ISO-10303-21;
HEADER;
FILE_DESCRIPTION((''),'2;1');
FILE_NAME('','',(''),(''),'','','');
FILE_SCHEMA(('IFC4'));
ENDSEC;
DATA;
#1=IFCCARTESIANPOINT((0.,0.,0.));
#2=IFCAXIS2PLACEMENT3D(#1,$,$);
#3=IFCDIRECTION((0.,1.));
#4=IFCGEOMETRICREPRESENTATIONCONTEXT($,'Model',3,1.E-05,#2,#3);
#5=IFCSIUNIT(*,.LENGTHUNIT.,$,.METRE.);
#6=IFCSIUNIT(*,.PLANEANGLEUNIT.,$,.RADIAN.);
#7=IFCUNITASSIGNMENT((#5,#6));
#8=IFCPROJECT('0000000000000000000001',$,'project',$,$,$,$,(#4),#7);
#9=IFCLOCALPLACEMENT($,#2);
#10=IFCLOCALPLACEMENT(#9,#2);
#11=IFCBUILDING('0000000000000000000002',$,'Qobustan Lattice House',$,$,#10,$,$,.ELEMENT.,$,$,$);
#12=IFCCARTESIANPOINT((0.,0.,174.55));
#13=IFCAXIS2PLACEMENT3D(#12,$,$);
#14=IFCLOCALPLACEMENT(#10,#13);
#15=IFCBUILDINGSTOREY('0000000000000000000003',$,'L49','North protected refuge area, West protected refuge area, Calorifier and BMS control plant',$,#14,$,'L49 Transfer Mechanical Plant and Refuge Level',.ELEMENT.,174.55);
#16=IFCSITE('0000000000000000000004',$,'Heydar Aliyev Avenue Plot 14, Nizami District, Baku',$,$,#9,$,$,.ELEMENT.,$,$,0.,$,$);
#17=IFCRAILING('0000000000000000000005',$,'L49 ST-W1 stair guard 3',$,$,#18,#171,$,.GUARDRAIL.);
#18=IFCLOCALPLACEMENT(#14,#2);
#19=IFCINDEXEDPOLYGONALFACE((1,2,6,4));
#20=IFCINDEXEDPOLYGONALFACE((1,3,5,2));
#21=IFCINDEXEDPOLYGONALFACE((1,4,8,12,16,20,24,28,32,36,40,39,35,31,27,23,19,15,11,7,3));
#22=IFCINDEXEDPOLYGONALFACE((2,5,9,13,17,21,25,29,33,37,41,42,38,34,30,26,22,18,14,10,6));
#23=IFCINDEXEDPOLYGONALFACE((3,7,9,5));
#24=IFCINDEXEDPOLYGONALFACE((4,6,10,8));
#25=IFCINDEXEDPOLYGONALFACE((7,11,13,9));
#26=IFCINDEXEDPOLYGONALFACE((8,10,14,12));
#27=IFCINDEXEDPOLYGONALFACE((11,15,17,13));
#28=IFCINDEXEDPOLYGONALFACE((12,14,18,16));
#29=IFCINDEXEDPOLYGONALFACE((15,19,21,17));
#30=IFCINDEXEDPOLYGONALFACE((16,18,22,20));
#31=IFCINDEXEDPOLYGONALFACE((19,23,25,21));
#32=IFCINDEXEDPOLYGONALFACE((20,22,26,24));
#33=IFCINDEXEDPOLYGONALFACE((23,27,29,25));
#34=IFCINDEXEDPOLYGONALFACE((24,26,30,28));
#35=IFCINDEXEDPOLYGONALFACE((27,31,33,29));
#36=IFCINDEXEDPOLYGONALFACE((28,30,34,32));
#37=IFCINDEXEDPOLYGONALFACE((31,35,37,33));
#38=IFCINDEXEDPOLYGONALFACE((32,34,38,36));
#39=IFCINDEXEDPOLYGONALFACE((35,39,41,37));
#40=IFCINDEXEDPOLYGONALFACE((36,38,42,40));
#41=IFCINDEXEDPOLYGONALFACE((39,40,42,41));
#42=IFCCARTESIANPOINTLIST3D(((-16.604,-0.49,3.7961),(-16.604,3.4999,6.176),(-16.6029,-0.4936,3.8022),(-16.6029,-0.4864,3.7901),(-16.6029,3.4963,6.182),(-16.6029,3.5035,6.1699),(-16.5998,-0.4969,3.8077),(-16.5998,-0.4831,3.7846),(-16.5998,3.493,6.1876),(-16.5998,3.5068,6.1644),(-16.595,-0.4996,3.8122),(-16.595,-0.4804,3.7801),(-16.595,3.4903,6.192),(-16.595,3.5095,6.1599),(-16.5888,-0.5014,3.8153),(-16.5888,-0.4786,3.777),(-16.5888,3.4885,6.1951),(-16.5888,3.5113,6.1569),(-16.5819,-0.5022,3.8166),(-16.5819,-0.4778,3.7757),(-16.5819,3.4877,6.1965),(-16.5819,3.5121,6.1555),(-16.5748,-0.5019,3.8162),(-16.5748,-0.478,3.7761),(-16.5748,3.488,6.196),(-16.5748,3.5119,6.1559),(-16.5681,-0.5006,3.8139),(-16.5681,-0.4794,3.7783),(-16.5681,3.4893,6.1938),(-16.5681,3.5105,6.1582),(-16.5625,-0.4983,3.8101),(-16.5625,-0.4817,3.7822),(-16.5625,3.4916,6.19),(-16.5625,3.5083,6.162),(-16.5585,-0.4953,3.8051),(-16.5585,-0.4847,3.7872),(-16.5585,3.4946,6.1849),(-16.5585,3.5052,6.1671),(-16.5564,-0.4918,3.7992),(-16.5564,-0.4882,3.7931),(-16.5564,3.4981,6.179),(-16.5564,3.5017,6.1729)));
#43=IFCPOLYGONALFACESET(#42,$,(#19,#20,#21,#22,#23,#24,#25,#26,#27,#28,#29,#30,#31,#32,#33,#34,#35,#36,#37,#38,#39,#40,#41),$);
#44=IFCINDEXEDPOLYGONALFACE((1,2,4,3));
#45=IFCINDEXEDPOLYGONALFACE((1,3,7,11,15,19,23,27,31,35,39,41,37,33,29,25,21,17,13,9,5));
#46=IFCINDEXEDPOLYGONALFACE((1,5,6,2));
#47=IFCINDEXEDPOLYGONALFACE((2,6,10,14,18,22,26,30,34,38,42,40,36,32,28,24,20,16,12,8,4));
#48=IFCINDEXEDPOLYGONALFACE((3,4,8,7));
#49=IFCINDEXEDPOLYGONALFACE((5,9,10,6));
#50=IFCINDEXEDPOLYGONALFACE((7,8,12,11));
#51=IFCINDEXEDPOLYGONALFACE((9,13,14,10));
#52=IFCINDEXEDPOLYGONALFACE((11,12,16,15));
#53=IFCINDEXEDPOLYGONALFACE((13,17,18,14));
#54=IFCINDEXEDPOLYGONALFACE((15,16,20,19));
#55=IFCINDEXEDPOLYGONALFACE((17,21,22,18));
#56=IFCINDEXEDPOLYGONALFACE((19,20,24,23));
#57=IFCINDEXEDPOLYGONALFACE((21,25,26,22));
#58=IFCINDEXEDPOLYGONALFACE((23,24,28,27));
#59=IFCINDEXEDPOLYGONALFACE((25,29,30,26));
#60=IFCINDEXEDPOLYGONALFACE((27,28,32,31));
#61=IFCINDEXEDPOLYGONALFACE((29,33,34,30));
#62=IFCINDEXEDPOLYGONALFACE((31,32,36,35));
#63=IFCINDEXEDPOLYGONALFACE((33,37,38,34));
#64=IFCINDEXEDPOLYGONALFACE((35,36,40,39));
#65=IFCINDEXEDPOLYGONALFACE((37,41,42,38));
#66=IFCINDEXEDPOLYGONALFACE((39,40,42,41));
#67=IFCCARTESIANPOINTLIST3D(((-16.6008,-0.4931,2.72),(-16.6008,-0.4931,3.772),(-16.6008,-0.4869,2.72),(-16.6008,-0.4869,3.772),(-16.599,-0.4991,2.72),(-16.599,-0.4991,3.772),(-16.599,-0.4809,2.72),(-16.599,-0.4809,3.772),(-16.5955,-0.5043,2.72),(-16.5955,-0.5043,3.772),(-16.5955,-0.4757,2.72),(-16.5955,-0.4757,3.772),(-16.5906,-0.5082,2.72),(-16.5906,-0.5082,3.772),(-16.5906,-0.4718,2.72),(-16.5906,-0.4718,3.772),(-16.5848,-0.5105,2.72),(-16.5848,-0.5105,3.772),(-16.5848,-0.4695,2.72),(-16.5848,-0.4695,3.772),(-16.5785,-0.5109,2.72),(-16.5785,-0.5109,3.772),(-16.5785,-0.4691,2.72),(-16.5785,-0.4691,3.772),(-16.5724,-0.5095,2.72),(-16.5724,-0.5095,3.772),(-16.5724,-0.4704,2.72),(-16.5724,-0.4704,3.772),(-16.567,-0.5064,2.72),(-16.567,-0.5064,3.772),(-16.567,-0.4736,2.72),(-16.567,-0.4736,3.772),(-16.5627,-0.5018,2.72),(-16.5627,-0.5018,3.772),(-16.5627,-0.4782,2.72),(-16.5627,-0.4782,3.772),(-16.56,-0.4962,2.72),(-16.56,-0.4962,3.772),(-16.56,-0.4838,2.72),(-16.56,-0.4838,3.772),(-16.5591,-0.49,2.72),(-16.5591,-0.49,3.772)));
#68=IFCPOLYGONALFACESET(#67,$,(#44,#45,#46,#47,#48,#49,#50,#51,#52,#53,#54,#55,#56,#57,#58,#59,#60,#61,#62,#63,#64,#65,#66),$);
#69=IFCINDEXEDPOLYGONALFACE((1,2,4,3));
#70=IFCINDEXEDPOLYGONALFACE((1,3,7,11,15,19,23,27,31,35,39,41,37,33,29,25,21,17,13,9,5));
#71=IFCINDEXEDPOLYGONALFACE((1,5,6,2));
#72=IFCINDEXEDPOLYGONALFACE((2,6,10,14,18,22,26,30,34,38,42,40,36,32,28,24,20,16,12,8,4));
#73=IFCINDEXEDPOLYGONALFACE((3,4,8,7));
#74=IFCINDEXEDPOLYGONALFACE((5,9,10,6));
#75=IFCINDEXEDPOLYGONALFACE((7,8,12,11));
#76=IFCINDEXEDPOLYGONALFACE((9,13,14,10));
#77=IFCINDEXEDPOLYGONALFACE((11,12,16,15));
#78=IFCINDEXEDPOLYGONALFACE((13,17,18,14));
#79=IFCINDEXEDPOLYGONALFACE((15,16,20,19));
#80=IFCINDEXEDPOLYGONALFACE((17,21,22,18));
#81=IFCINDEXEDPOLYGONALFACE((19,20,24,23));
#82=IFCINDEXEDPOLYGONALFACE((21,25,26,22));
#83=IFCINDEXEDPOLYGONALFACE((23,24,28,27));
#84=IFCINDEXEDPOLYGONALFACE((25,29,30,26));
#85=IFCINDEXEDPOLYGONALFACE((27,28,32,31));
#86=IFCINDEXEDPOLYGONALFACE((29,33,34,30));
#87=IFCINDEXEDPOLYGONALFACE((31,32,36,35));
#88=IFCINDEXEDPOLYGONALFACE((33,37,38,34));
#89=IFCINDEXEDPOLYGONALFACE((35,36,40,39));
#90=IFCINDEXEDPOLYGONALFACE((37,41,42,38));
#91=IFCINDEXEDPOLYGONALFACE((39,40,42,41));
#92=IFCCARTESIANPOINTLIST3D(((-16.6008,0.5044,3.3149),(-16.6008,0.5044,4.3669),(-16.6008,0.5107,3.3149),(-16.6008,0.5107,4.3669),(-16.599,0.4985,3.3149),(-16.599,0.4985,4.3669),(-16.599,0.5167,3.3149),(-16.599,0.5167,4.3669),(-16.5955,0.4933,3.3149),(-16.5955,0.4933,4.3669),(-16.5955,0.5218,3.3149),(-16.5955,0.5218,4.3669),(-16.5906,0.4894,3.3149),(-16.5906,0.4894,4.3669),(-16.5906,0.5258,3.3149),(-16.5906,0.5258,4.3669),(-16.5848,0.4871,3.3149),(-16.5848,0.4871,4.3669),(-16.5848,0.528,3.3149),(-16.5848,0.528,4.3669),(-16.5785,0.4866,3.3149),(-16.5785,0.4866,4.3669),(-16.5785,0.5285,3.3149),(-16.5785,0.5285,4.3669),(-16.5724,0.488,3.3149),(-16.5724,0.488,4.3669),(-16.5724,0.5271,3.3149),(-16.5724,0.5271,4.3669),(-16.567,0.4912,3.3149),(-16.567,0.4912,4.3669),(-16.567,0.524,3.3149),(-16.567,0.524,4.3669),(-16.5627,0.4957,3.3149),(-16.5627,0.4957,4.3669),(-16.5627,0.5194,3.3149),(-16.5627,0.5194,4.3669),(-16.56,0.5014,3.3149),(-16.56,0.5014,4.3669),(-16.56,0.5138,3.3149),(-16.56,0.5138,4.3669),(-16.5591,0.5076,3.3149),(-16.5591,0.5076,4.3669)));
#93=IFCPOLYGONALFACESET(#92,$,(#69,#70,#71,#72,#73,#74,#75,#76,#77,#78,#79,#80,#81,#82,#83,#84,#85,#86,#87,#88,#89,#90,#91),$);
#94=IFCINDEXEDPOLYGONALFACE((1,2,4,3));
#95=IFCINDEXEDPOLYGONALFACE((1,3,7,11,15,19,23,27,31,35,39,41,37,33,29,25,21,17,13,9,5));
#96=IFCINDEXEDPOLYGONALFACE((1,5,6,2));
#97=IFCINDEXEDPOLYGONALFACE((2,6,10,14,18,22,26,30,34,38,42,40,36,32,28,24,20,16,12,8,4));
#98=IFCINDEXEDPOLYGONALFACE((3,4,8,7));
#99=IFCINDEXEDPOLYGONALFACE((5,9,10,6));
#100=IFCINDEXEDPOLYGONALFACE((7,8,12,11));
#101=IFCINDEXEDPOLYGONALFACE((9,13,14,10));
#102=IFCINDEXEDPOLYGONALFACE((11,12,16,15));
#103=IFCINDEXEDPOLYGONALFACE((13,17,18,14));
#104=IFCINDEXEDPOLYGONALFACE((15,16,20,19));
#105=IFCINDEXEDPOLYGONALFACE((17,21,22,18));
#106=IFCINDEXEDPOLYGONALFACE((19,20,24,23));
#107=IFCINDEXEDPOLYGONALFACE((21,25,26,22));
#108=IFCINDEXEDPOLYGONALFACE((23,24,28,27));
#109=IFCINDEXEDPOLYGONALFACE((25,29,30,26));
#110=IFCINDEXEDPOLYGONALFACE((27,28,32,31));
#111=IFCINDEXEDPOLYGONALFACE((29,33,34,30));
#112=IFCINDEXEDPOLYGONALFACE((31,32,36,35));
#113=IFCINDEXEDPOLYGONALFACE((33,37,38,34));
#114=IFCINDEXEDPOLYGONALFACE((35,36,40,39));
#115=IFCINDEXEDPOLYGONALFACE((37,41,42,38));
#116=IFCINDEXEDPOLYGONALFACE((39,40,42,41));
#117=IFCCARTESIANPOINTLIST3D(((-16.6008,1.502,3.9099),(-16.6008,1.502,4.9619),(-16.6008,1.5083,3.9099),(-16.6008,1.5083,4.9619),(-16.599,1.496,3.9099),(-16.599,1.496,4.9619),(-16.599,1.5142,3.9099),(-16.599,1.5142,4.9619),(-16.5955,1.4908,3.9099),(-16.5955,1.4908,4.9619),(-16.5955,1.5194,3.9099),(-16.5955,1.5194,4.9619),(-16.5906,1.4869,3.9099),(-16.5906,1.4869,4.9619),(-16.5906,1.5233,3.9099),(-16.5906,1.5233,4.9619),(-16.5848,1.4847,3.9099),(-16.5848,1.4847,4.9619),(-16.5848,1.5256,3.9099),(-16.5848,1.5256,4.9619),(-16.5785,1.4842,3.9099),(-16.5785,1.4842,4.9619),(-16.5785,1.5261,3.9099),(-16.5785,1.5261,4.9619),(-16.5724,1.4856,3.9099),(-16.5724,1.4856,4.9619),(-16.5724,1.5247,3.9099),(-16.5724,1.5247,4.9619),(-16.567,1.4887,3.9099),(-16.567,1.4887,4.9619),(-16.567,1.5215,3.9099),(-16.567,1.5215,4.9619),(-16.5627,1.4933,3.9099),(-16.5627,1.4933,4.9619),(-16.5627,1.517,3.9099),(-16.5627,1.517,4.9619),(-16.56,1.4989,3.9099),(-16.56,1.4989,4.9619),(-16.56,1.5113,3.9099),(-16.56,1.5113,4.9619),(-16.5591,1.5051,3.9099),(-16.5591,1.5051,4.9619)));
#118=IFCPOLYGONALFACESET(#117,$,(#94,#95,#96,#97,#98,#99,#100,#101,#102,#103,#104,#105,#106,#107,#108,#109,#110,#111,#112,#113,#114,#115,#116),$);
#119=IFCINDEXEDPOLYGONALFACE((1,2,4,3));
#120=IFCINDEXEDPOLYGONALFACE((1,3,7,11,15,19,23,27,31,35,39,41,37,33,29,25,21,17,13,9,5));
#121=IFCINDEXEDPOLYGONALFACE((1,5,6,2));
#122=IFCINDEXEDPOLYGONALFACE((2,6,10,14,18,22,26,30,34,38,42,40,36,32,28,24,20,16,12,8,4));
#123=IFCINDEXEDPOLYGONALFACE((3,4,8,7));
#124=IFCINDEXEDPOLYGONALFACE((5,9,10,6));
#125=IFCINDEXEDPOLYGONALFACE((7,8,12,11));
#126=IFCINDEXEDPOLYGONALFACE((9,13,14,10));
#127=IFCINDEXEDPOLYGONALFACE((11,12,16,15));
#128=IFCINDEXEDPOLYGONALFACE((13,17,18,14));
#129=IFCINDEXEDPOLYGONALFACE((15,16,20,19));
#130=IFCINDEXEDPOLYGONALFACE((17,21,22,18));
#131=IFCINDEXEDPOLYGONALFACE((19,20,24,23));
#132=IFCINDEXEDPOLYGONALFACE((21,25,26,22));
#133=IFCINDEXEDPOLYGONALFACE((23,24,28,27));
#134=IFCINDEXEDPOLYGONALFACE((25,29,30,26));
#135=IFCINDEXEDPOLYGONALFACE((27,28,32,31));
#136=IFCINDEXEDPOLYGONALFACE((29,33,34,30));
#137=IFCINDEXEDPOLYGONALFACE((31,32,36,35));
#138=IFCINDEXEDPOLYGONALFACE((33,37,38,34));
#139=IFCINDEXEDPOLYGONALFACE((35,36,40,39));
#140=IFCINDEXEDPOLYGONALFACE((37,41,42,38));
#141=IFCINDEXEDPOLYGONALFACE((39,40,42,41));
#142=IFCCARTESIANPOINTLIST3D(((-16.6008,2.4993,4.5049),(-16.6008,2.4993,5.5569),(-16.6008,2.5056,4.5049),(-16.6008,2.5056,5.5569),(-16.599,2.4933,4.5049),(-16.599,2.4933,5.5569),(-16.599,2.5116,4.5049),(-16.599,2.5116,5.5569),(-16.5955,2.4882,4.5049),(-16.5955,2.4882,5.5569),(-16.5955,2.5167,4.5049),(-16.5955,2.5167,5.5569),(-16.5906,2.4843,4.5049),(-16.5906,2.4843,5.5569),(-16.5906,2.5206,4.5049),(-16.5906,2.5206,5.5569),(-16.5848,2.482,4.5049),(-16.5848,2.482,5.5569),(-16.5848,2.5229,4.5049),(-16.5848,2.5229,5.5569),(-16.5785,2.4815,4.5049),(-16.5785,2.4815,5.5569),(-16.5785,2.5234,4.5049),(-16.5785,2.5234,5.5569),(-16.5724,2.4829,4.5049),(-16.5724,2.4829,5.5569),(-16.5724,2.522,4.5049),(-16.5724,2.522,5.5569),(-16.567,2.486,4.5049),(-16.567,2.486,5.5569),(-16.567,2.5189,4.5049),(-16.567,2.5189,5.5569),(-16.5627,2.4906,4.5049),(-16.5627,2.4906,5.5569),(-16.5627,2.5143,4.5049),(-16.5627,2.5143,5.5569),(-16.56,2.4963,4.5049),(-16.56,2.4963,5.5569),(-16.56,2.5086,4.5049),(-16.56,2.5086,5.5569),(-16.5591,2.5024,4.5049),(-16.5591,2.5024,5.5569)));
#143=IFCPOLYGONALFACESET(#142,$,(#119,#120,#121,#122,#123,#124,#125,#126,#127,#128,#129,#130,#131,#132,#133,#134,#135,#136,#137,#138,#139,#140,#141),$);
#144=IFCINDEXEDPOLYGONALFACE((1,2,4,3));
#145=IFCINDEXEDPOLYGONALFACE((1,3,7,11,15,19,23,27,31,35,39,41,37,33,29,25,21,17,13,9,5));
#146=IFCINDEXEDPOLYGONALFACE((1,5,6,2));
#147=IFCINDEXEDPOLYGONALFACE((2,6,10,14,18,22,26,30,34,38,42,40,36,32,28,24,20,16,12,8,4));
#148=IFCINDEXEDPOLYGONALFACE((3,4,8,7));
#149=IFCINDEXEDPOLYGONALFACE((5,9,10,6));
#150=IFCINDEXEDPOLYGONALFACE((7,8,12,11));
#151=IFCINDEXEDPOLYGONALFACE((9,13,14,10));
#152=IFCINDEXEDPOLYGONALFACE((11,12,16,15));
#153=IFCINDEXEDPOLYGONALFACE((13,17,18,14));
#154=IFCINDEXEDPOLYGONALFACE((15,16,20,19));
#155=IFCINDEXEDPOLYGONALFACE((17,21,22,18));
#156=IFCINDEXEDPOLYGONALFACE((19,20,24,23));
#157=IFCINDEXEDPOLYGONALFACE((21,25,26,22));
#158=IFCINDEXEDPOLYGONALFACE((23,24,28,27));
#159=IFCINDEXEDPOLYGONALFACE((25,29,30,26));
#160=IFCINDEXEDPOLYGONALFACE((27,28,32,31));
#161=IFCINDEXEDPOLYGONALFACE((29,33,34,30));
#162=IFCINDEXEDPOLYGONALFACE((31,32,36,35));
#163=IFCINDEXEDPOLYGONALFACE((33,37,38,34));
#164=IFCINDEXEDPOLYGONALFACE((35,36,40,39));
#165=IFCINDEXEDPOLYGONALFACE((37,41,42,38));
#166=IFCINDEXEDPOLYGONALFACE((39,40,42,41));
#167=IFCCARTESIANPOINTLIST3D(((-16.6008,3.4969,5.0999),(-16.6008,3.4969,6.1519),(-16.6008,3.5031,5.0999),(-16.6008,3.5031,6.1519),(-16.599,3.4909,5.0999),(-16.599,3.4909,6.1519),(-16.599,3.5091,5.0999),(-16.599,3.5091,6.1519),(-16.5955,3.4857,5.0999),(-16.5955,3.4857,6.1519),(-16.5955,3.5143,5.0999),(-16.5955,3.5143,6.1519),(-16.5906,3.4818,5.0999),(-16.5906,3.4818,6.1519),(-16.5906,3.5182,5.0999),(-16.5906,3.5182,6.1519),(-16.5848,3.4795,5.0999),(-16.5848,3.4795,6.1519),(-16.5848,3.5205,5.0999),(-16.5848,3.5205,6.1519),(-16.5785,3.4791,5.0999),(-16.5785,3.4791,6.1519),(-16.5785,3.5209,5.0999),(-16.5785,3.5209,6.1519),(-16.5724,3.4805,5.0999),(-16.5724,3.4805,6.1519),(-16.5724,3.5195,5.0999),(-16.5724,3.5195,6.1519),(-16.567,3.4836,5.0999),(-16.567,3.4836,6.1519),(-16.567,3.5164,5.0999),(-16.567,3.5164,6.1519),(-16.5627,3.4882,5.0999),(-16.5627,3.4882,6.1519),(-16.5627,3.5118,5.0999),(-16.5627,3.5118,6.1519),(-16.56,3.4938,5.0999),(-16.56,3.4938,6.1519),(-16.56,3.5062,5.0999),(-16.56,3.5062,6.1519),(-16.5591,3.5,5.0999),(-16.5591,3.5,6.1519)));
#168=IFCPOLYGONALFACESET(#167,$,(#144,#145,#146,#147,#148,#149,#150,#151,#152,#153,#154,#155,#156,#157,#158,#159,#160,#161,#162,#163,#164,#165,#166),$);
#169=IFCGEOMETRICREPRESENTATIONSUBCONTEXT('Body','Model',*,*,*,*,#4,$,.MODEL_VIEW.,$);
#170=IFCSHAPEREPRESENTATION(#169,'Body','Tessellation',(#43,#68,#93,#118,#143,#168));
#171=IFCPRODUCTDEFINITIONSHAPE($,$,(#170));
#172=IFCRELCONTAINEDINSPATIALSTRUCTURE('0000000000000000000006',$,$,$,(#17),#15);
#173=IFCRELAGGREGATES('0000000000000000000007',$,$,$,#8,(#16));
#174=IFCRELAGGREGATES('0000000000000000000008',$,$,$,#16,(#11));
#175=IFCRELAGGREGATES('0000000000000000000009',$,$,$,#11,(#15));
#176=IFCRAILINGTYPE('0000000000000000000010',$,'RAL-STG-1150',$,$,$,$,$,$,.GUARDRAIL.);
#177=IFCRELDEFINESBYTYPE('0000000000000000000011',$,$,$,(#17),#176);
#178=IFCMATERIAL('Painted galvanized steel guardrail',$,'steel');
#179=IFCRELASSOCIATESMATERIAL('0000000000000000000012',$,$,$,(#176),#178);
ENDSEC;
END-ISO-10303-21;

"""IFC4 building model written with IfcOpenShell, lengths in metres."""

from ifc_helpers import new_model, si_unit, direction, frame, origin, origin_2d, place, context, subcontext, project, spatial, circle, extrude, material, type_object, element, save


model = new_model("IFC4")

# Units and contexts
model_context = context("Model", 3, precision=1e-05, world=origin(), true_north=direction((0.0, 1.0)))
body_context = subcontext(model_context, "Body", "Model", "MODEL_VIEW")
ifc_project = project(units=[si_unit("LENGTHUNIT", "METRE"), si_unit("PLANEANGLEUNIT", "RADIAN")], contexts=[model_context])

# Site, building, storey
site_placement = place(None, origin())
site = spatial("IfcSite", under=ifc_project, at=site_placement, Name="Heydar Aliyev Avenue Plot 14, Nizami District, Baku", CompositionType="ELEMENT", RefElevation=0.0)
building_placement = place(site_placement, origin())
building = spatial("IfcBuilding", under=site, at=building_placement, Name="Qobustan Lattice House", CompositionType="ELEMENT")
storey_placement = place(building_placement, frame((0.0, 0.0, 174.55)))
storey = spatial("IfcBuildingStorey", under=building, at=storey_placement, Name="L49", Description="North protected refuge area, West protected refuge area, Calorifier and BMS control plant", LongName="L49 Transfer Mechanical Plant and Refuge Level", CompositionType="ELEMENT", Elevation=174.55)

# Railing
ifc_material_1 = material(Name="Painted galvanized steel guardrail", Category="steel")
railing_type_1 = type_object("IfcRailingType", Name="RAL-STG-1150", PredefinedType="GUARDRAIL", material=ifc_material_1)
railing_1_placement = place(storey_placement, frame((-16.5801, -0.49, 2.72)))
element("IfcRailing", 1, at=railing_1_placement, inside=storey, type_object=railing_type_1, Name="L49 ST-W1 stair guard 3", PredefinedType="GUARDRAIL", context=body_context, shape_type="SweptSolid", body=[
    extrude(circle(Radius=0.0239, at=origin_2d()), frame((0.0, 0.0, 1.0762), z_axis=(0.0, 0.85883, 0.512261), x_axis=(-1.0, 0.0, 0.0)), (0.0, 0.0, 1.0), 4.6458),
    extrude(circle(Radius=0.021, at=origin_2d()), origin(), (0.0, 0.0, 1.0), 1.052),
    extrude(circle(Radius=0.021, at=origin_2d()), frame((0.0, 0.9976, 0.595)), (0.0, 0.0, 1.0), 1.052),
    extrude(circle(Radius=0.021, at=origin_2d()), frame((0.0, 1.9951, 1.1899)), (0.0, 0.0, 1.0), 1.052),
    extrude(circle(Radius=0.021, at=origin_2d()), frame((0.0, 2.9924, 1.7849)), (0.0, 0.0, 1.0), 1.052),
    extrude(circle(Radius=0.021, at=origin_2d()), frame((0.0, 3.99, 2.3799)), (0.0, 0.0, 1.0), 1.052),
])

save(model, "model.ifc")
